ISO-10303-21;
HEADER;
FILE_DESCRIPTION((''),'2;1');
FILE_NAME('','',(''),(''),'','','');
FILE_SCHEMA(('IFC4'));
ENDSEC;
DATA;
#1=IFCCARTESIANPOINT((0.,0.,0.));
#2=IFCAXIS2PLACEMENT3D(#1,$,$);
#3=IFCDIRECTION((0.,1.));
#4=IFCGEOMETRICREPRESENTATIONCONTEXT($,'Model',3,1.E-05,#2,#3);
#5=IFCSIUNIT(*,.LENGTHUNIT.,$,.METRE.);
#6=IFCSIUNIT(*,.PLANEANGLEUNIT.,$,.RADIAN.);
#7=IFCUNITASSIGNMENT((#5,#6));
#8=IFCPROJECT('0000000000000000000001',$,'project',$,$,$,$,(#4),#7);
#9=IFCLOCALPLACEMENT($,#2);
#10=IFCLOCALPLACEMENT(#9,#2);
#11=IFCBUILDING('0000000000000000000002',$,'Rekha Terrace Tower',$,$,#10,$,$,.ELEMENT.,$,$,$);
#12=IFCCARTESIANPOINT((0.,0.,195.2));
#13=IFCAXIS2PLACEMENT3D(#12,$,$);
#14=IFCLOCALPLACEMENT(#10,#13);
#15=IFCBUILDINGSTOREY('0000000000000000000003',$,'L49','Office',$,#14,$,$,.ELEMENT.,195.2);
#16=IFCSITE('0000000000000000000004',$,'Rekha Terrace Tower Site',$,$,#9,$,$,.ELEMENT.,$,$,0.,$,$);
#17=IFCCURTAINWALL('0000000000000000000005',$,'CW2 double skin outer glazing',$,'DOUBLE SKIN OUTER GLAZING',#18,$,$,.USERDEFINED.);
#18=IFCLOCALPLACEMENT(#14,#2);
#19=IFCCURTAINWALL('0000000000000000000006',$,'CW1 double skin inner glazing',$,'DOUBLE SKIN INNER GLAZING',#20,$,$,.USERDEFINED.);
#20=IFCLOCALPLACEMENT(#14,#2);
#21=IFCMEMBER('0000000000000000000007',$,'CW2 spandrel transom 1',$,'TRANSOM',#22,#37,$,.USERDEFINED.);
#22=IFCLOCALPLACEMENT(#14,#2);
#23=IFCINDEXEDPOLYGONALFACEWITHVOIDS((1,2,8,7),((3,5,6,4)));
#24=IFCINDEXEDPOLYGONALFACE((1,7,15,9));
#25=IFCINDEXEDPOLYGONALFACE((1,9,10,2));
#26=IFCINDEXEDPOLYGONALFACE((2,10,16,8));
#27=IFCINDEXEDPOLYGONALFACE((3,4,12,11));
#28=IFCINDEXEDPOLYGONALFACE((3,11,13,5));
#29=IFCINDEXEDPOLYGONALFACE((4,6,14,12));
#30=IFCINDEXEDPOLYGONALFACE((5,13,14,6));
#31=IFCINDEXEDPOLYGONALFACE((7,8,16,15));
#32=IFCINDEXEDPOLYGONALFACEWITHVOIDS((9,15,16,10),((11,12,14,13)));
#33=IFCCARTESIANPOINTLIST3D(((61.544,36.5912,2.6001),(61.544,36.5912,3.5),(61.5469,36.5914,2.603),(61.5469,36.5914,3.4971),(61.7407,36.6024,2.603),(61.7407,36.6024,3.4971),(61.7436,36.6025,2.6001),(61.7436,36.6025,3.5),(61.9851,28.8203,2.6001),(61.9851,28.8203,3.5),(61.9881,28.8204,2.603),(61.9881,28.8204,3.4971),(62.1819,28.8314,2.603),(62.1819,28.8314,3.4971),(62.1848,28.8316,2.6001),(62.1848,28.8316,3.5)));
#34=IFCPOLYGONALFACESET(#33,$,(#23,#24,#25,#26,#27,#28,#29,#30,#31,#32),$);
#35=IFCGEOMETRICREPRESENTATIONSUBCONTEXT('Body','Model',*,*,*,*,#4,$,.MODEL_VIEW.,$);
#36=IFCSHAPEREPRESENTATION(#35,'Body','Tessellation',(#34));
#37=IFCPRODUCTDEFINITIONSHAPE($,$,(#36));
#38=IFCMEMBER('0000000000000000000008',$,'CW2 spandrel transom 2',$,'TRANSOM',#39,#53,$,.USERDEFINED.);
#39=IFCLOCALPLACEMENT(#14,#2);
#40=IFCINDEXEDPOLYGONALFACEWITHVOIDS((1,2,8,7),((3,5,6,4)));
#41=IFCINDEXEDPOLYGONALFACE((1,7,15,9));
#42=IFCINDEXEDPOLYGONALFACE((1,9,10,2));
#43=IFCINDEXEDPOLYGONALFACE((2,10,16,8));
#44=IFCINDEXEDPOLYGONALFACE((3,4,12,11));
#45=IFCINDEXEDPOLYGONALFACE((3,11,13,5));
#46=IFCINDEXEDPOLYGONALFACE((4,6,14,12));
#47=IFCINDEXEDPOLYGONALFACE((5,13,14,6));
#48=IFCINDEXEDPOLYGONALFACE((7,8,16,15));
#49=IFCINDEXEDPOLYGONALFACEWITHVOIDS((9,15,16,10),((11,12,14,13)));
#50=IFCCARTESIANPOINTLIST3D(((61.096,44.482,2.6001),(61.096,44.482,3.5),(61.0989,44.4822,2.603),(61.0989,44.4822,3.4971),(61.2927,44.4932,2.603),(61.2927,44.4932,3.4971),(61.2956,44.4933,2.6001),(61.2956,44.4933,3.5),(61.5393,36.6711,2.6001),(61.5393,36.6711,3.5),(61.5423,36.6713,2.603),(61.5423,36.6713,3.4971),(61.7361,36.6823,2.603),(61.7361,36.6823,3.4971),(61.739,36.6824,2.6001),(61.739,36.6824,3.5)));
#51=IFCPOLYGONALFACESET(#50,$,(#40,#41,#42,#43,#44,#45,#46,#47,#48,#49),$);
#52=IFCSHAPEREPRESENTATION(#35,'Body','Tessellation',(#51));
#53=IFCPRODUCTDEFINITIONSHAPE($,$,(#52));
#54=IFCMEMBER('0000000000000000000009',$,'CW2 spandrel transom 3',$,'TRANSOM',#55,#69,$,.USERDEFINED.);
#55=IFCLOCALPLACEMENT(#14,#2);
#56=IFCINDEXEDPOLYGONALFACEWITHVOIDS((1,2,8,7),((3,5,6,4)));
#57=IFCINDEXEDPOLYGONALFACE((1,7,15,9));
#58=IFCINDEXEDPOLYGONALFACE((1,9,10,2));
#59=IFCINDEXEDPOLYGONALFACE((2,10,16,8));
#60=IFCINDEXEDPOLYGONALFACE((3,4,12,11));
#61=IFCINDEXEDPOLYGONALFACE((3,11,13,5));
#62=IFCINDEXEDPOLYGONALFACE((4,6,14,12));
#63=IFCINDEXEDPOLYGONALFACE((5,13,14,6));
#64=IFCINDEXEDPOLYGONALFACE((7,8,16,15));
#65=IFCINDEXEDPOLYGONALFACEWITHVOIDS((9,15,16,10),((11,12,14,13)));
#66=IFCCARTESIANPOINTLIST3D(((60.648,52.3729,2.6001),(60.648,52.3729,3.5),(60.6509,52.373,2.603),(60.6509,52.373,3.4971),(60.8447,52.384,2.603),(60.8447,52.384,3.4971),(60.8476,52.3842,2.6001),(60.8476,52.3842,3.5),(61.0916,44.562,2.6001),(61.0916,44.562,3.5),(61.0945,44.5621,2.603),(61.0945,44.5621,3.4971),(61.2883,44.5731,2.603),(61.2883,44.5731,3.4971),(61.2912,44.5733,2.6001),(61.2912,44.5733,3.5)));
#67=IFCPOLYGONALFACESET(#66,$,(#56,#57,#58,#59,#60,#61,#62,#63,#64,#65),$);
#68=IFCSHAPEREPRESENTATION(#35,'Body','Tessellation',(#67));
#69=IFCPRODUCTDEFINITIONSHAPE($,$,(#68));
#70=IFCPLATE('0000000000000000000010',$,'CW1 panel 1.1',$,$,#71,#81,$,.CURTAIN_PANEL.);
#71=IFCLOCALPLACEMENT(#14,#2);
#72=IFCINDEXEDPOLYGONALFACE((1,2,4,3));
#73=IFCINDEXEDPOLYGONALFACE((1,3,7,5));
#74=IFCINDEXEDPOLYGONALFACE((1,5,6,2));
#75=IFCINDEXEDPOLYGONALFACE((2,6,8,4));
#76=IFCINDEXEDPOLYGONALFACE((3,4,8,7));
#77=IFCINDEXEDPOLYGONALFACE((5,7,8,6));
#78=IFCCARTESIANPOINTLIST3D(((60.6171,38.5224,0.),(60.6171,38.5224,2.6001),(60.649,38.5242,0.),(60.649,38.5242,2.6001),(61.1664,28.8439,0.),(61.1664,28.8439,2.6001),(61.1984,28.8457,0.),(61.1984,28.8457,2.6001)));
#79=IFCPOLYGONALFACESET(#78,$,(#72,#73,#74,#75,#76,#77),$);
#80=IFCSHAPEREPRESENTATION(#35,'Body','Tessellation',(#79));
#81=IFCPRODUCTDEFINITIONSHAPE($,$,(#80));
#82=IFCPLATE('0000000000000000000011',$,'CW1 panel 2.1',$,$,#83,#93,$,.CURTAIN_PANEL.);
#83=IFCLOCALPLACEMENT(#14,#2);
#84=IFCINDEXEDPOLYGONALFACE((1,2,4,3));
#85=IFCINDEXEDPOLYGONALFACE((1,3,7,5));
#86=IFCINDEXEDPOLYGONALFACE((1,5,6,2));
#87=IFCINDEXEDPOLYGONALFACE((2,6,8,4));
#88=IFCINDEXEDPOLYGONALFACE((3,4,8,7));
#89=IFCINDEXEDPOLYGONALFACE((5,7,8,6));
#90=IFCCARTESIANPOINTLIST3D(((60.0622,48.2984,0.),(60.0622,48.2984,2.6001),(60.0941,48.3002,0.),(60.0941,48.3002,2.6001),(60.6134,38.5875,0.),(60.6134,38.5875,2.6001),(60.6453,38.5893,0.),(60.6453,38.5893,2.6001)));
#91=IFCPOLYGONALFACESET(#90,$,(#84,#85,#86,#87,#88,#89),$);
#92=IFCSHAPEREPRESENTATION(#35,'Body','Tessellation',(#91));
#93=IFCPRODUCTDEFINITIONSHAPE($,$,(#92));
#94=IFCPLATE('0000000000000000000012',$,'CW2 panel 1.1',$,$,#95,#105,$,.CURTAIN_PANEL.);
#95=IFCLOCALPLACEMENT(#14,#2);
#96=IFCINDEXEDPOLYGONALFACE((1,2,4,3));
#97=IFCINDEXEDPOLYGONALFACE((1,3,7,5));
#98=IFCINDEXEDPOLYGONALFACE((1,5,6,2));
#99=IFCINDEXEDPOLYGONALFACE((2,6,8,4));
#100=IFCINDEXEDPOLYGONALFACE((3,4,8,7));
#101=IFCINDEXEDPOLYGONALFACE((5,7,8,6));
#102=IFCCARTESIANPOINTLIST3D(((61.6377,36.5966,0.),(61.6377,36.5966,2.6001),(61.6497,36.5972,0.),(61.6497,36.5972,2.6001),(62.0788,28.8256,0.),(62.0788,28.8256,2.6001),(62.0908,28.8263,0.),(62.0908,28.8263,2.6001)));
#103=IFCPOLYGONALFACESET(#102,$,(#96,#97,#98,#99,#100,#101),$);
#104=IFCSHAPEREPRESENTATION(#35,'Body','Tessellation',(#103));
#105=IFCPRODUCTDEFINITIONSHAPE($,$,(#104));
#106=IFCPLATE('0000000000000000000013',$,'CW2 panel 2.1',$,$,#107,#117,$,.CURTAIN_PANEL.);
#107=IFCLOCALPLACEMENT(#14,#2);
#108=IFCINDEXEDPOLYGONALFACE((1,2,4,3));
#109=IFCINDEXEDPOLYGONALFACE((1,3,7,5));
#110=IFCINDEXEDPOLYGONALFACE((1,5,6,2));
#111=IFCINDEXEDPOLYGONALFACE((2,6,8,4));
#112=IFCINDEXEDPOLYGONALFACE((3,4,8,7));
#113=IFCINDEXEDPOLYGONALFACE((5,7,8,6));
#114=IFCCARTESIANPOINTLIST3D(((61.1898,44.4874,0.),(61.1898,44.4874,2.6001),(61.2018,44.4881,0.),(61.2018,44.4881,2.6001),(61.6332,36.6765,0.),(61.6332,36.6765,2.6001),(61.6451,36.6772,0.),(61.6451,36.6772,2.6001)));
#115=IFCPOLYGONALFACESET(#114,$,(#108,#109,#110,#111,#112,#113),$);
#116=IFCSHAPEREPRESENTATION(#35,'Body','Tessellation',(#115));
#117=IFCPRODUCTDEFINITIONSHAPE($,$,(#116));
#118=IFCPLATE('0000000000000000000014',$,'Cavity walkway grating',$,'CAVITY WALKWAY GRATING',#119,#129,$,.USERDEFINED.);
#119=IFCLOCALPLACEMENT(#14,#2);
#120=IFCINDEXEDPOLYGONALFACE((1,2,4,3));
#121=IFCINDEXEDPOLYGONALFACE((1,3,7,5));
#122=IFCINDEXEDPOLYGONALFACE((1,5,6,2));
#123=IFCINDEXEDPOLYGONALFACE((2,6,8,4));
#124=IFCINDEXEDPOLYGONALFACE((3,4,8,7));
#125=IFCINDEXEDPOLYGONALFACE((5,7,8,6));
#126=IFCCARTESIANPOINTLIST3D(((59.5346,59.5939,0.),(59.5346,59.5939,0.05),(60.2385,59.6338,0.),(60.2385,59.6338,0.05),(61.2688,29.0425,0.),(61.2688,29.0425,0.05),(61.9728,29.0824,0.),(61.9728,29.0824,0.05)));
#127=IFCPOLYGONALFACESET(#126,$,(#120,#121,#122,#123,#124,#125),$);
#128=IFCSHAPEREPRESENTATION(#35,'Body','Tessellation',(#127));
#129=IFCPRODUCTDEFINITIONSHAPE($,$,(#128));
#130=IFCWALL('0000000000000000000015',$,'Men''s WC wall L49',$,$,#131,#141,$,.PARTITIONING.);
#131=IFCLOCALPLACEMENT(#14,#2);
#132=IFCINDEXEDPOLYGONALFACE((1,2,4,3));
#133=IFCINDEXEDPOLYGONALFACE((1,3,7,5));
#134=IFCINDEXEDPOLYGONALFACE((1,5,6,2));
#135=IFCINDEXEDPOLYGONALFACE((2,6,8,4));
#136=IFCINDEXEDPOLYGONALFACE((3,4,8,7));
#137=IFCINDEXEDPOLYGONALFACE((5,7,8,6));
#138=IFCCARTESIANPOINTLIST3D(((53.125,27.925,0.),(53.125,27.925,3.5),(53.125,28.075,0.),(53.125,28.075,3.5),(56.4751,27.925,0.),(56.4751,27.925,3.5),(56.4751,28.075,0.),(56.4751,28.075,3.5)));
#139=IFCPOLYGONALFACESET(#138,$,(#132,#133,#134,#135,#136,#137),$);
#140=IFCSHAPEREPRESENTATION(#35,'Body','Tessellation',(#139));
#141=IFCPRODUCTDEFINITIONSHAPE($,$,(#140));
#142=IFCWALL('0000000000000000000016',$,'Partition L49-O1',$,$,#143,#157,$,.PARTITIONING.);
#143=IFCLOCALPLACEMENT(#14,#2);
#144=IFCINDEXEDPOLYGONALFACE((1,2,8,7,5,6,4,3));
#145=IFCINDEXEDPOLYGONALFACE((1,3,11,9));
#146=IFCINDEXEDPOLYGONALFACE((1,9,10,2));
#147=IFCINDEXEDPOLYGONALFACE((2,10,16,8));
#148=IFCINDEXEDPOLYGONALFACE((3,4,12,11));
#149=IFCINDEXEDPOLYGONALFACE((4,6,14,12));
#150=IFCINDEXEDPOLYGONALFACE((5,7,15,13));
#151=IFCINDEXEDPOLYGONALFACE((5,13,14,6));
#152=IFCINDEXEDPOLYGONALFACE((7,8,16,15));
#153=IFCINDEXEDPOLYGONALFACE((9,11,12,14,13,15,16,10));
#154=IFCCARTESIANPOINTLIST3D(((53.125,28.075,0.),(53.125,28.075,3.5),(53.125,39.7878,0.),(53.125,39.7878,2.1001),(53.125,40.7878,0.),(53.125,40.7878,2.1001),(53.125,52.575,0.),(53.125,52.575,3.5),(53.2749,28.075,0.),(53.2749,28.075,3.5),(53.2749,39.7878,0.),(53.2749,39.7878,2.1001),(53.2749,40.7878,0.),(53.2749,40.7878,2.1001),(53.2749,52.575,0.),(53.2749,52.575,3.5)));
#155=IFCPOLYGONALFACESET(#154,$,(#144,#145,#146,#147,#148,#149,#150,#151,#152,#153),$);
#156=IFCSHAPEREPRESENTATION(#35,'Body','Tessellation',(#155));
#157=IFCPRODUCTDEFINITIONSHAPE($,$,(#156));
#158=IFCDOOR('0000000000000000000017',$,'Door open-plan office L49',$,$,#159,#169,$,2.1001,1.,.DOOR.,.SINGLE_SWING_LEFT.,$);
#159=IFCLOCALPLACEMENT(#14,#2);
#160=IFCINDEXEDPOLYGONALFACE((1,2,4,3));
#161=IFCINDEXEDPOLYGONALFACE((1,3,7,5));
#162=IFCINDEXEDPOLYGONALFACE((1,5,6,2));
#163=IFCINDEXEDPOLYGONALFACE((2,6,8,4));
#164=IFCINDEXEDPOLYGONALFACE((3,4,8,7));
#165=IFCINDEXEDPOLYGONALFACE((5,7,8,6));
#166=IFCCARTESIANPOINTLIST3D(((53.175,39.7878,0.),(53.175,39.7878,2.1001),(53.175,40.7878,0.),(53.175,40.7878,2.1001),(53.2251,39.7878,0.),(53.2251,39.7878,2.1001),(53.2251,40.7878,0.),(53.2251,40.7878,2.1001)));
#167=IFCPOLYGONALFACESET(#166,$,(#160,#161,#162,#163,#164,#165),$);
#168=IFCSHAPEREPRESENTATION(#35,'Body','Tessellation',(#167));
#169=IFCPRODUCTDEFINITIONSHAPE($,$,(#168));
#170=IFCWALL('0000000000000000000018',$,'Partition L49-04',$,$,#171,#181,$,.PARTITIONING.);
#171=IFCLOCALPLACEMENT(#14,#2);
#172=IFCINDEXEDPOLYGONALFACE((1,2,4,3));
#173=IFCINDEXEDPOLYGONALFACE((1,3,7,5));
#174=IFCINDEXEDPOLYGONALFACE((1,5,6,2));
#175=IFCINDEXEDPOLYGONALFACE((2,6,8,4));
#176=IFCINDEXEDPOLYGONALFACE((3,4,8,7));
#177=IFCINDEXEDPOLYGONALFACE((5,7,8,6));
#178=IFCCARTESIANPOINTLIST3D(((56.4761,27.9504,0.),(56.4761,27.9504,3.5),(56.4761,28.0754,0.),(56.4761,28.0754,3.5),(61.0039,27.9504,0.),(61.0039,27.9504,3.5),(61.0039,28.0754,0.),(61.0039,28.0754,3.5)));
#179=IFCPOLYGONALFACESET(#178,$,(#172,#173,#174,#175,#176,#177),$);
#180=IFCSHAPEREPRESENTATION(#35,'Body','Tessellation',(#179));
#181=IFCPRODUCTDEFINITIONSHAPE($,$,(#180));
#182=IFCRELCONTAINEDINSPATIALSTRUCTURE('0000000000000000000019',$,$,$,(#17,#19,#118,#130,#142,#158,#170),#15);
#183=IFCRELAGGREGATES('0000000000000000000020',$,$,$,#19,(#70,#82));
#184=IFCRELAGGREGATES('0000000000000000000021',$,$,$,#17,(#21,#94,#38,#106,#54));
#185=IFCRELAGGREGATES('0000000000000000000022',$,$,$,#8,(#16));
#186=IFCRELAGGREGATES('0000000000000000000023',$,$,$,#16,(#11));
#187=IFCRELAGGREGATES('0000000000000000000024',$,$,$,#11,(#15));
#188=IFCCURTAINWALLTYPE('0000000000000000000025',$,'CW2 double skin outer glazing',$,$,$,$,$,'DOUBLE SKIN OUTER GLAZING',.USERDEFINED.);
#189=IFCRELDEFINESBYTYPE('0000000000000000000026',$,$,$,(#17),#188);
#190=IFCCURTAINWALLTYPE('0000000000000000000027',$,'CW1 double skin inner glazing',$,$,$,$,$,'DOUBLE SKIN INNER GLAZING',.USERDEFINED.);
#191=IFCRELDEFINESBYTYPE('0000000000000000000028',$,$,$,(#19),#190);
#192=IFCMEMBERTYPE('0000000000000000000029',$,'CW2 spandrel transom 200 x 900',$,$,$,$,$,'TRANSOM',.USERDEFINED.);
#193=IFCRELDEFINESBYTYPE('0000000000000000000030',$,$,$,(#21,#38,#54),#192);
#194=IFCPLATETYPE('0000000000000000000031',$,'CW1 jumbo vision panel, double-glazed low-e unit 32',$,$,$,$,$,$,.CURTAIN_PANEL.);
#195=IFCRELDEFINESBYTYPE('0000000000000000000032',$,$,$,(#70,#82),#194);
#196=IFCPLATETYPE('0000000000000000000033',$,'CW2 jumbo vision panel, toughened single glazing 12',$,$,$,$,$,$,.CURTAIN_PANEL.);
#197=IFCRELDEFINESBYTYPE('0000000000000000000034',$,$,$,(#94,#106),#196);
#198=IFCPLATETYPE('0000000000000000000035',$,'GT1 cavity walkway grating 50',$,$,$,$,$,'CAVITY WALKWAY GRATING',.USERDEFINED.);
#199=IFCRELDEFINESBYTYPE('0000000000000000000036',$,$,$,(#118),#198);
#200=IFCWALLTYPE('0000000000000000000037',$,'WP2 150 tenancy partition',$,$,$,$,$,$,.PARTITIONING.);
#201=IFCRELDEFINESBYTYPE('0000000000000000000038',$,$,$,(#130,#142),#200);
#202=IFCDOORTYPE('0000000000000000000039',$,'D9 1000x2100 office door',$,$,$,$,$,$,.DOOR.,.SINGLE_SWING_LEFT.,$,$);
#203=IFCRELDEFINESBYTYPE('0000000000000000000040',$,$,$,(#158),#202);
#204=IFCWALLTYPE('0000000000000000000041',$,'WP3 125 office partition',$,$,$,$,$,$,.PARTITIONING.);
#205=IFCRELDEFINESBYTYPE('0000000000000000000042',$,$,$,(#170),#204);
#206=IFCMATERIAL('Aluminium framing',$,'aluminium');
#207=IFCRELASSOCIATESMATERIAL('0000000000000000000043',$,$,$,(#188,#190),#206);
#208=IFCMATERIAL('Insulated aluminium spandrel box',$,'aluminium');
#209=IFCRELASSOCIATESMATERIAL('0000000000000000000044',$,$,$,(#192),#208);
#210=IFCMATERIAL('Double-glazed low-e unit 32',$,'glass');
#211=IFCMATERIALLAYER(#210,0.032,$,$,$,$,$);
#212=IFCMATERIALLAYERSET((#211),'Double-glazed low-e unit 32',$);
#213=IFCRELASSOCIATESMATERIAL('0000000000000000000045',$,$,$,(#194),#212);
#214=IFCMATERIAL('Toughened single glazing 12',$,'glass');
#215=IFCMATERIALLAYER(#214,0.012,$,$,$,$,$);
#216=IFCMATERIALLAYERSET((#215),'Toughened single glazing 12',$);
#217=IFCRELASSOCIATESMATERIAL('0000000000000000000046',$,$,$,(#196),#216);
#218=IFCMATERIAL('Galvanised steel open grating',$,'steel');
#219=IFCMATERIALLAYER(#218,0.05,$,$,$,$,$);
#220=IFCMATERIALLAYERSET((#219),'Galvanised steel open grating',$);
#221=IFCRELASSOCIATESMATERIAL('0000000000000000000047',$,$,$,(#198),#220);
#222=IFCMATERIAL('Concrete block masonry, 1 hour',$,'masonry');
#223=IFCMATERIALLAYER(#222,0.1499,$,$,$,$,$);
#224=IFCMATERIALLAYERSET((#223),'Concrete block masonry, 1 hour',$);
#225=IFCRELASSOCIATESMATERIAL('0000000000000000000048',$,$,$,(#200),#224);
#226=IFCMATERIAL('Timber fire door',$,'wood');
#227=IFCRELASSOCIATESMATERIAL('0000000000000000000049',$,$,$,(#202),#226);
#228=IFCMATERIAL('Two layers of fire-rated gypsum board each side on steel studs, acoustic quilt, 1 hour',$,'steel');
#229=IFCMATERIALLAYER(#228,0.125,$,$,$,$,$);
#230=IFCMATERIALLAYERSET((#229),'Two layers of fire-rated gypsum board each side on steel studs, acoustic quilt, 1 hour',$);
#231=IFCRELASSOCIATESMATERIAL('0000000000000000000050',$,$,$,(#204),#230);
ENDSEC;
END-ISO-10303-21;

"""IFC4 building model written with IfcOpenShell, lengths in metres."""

from ifc_helpers import new_model, si_unit, direction, frame, frame_2d, origin, origin_2d, place, context, subcontext, project, spatial, rectangle, hollow_rectangle, extrude, material, layer, layer_set, material_profile, profile_set, type_object, element, fill, aggregate, save


model = new_model("IFC4")

# Units and contexts
model_context = context("Model", 3, precision=1e-05, world=origin(), true_north=direction((0.0, 1.0)))
body_context = subcontext(model_context, "Body", "Model", "MODEL_VIEW")
ifc_project = project(units=[si_unit("LENGTHUNIT", "METRE"), si_unit("PLANEANGLEUNIT", "RADIAN")], contexts=[model_context])

# Site, building, storey
site_placement = place(None, origin())
site = spatial("IfcSite", under=ifc_project, at=site_placement, Name="Rekha Terrace Tower Site", CompositionType="ELEMENT", RefElevation=0.0)
building_placement = place(site_placement, origin())
building = spatial("IfcBuilding", under=site, at=building_placement, Name="Rekha Terrace Tower", CompositionType="ELEMENT")
storey_placement = place(building_placement, frame((0.0, 0.0, 195.2)))
storey = spatial("IfcBuildingStorey", under=building, at=storey_placement, Name="L49", Description="Office", CompositionType="ELEMENT", Elevation=195.2)

# Curtain walls
ifc_material_1 = material(Name="Aluminium framing", Category="aluminium")
curtain_wall_type_1 = type_object("IfcCurtainWallType", Name="CW2 double skin outer glazing", ElementType="DOUBLE SKIN OUTER GLAZING", PredefinedType="USERDEFINED", material=ifc_material_1)
curtain_wall_1_placement = place(storey_placement, origin())
curtain_wall_1 = element("IfcCurtainWall", 1, at=curtain_wall_1_placement, inside=storey, type_object=curtain_wall_type_1, Name="CW2 double skin outer glazing", ObjectType="DOUBLE SKIN OUTER GLAZING", PredefinedType="USERDEFINED")
curtain_wall_type_2 = type_object("IfcCurtainWallType", Name="CW1 double skin inner glazing", ElementType="DOUBLE SKIN INNER GLAZING", PredefinedType="USERDEFINED", material=ifc_material_1)
curtain_wall_2_placement = place(storey_placement, origin())
curtain_wall_2 = element("IfcCurtainWall", 2, at=curtain_wall_2_placement, inside=storey, type_object=curtain_wall_type_2, Name="CW1 double skin inner glazing", ObjectType="DOUBLE SKIN INNER GLAZING", PredefinedType="USERDEFINED")
ifc_material_2 = material(Name="Insulated aluminium spandrel box", Category="aluminium")

# Members
ifc_material_profile_1 = material_profile(ifc_material_2, hollow_rectangle(XDim=0.2, YDim=0.8999, WallThickness=0.0029, at=origin_2d()), Name="AL SPANDREL BOX 200x900")
ifc_profile_set_1 = profile_set([ifc_material_profile_1], Name="Insulated aluminium spandrel box")
member_type_1 = type_object("IfcMemberType", Name="CW2 spandrel transom 200 x 900", ElementType="TRANSOM", PredefinedType="USERDEFINED", material=ifc_profile_set_1)
member_1_placement = place(storey_placement, frame((62.085, 28.8259, 3.05), z_axis=(-0.056679, 0.998392, 0.0), x_axis=(-0.998392, -0.056679, 0.0)))
member_1 = element("IfcMember", 3, at=member_1_placement, type_object=member_type_1, Name="CW2 spandrel transom 1", ObjectType="TRANSOM", PredefinedType="USERDEFINED", context=body_context, shape_type="SweptSolid", body=[
    extrude(hollow_rectangle(XDim=0.2, YDim=0.8999, WallThickness=0.0029, at=origin_2d()), origin(), (0.0, 0.0, 1.0), 7.7834),
])
member_2_placement = place(storey_placement, frame((61.6392, 36.6768, 3.05), z_axis=(-0.056669, 0.998393, 0.0), x_axis=(-0.998393, -0.056669, 0.0)))
member_2 = element("IfcMember", 4, at=member_2_placement, type_object=member_type_1, Name="CW2 spandrel transom 2", ObjectType="TRANSOM", PredefinedType="USERDEFINED", context=body_context, shape_type="SweptSolid", body=[
    extrude(hollow_rectangle(XDim=0.2, YDim=0.8999, WallThickness=0.0029, at=origin_2d()), origin(), (0.0, 0.0, 1.0), 7.8235),
])
member_3_placement = place(storey_placement, frame((61.1914, 44.5676, 3.05), z_axis=(-0.056702, 0.998391, 0.0), x_axis=(-0.998391, -0.056702, 0.0)))
member_3 = element("IfcMember", 5, at=member_3_placement, type_object=member_type_1, Name="CW2 spandrel transom 3", ObjectType="TRANSOM", PredefinedType="USERDEFINED", context=body_context, shape_type="SweptSolid", body=[
    extrude(hollow_rectangle(XDim=0.2, YDim=0.8999, WallThickness=0.0029, at=origin_2d()), origin(), (0.0, 0.0, 1.0), 7.8235),
])

# Plates
ifc_material_3 = material(Name="Double-glazed low-e unit 32", Category="glass")
ifc_layer_1 = layer(ifc_material_3, 0.032)
ifc_layer_set_1 = layer_set([ifc_layer_1], Name="Double-glazed low-e unit 32")
plate_type_1 = type_object("IfcPlateType", Name="CW1 jumbo vision panel, double-glazed low-e unit 32", PredefinedType="CURTAIN_PANEL", material=ifc_layer_set_1)
plate_1_placement = place(storey_placement, frame((60.9077, 33.6841, 0.0), z_axis=(0.0, 0.0, 1.0), x_axis=(-0.056673, 0.998393, 0.0)))
plate_1 = element("IfcPlate", 6, at=plate_1_placement, type_object=plate_type_1, Name="CW1 panel 1.1", PredefinedType="CURTAIN_PANEL", context=body_context, shape_type="SweptSolid", body=[
    extrude(rectangle(XDim=9.6941, YDim=0.032, at=origin_2d()), origin(), (0.0, 0.0, 1.0), 2.6001),
])
plate_2_placement = place(storey_placement, frame((60.3538, 43.4438, 0.0), z_axis=(0.0, 0.0, 1.0), x_axis=(-0.056673, 0.998393, 0.0)))
plate_2 = element("IfcPlate", 7, at=plate_2_placement, type_object=plate_type_1, Name="CW1 panel 2.1", PredefinedType="CURTAIN_PANEL", context=body_context, shape_type="SweptSolid", body=[
    extrude(rectangle(XDim=9.7266, YDim=0.032, at=origin_2d()), origin(), (0.0, 0.0, 1.0), 2.6001),
])
aggregate(curtain_wall_2, [plate_1, plate_2])
ifc_material_4 = material(Name="Toughened single glazing 12", Category="glass")
ifc_layer_2 = layer(ifc_material_4, 0.012)
ifc_layer_set_2 = layer_set([ifc_layer_2], Name="Toughened single glazing 12")
plate_type_2 = type_object("IfcPlateType", Name="CW2 jumbo vision panel, toughened single glazing 12", PredefinedType="CURTAIN_PANEL", material=ifc_layer_set_2)
plate_3_placement = place(storey_placement, frame((61.8643, 32.7114, 0.0), z_axis=(0.0, 0.0, 1.0), x_axis=(-0.056673, 0.998393, 0.0)))
plate_3 = element("IfcPlate", 8, at=plate_3_placement, type_object=plate_type_2, Name="CW2 panel 1.1", PredefinedType="CURTAIN_PANEL", context=body_context, shape_type="SweptSolid", body=[
    extrude(rectangle(XDim=7.7834, YDim=0.012, at=origin_2d()), origin(), (0.0, 0.0, 1.0), 2.6001),
])
plate_4_placement = place(storey_placement, frame((61.4175, 40.5823, 0.0), z_axis=(0.0, 0.0, 1.0), x_axis=(-0.056673, 0.998393, 0.0)))
plate_4 = element("IfcPlate", 9, at=plate_4_placement, type_object=plate_type_2, Name="CW2 panel 2.1", PredefinedType="CURTAIN_PANEL", context=body_context, shape_type="SweptSolid", body=[
    extrude(rectangle(XDim=7.8235, YDim=0.012, at=origin_2d()), origin(), (0.0, 0.0, 1.0), 2.6001),
])
aggregate(curtain_wall_1, [member_1, plate_3, member_2, plate_4, member_3])
ifc_material_5 = material(Name="Galvanised steel open grating", Category="steel")
ifc_layer_3 = layer(ifc_material_5, 0.05)
ifc_layer_set_3 = layer_set([ifc_layer_3], Name="Galvanised steel open grating")
plate_type_3 = type_object("IfcPlateType", Name="GT1 cavity walkway grating 50", ElementType="CAVITY WALKWAY GRATING", PredefinedType="USERDEFINED", material=ifc_layer_set_3)
plate_5_placement = place(storey_placement, frame((60.7537, 44.3381, 0.0), z_axis=(0.0, 0.0, 1.0), x_axis=(-0.056673, 0.998393, 0.0)))
element("IfcPlate", 10, at=plate_5_placement, inside=storey, type_object=plate_type_3, Name="Cavity walkway grating", ObjectType="CAVITY WALKWAY GRATING", PredefinedType="USERDEFINED", context=body_context, shape_type="SweptSolid", body=[
    extrude(rectangle(XDim=30.6006, YDim=0.7051, at=origin_2d()), origin(), (0.0, 0.0, 1.0), 0.05),
])

# Wall
ifc_material_6 = material(Name="Concrete block masonry, 1 hour", Category="masonry")
ifc_layer_4 = layer(ifc_material_6, 0.1499)
ifc_layer_set_4 = layer_set([ifc_layer_4], Name="Concrete block masonry, 1 hour")
wall_type_1 = type_object("IfcWallType", Name="WP2 150 tenancy partition", PredefinedType="PARTITIONING", material=ifc_layer_set_4)
wall_1_placement = place(storey_placement, frame((53.125, 28.0, 0.0), z_axis=(0.0, 0.0, 1.0), x_axis=(1.0, 0.0, 0.0)))
element("IfcWall", 11, at=wall_1_placement, inside=storey, type_object=wall_type_1, Name="Men's WC wall L49", PredefinedType="PARTITIONING", context=body_context, shape_type="SweptSolid", body=[
    extrude(rectangle(XDim=3.3501, YDim=0.1499, at=frame_2d((1.675, 0.0))), origin(), (0.0, 0.0, 1.0), 3.5),
])

# Wall, opening, door
wall_2_placement = place(storey_placement, frame((53.2, 28.075, 0.0), z_axis=(0.0, 0.0, 1.0), x_axis=(0.0, 1.0, 0.0)))
wall_2 = element("IfcWall", 12, at=wall_2_placement, inside=storey, type_object=wall_type_1, Name="Partition L49-O1", PredefinedType="PARTITIONING", context=body_context, shape_type="SweptSolid", body=[
    extrude(rectangle(XDim=24.5, YDim=0.1499, at=frame_2d((12.25, 0.0))), origin(), (0.0, 0.0, 1.0), 3.5),
])
opening_1_placement = place(wall_2_placement, frame((11.7129, 0.0, 0.0)))
opening_1 = element("IfcOpeningElement", 13, at=opening_1_placement, cuts=wall_2, PredefinedType="OPENING", context=body_context, shape_type="SweptSolid", body=[
    extrude(rectangle(XDim=1.0, YDim=2.1001, at=frame_2d((0.5, 1.05))), frame((0.0, 0.085, 0.0), z_axis=(0.0, -1.0, 0.0), x_axis=(1.0, 0.0, 0.0)), (0.0, 0.0, 1.0), 0.1699),
])
ifc_material_7 = material(Name="Timber fire door", Category="wood")
door_type = type_object("IfcDoorType", Name="D9 1000x2100 office door", OperationType="SINGLE_SWING_LEFT", PredefinedType="DOOR", material=ifc_material_7)
door_1_placement = place(opening_1_placement, origin())
door_1 = element("IfcDoor", 14, at=door_1_placement, inside=storey, type_object=door_type, Name="Door open-plan office L49", OperationType="SINGLE_SWING_LEFT", OverallHeight=2.1001, OverallWidth=1.0, PredefinedType="DOOR", context=body_context, shape_type="SweptSolid", body=[
    extrude(rectangle(XDim=1.0, YDim=2.1001, at=frame_2d((0.5, 1.05))), frame((0.0, 0.0249, 0.0), z_axis=(0.0, -1.0, 0.0), x_axis=(1.0, 0.0, 0.0)), (0.0, 0.0, 1.0), 0.05),
])
fill(opening_1, door_1)

# Wall
ifc_material_8 = material(Name="Two layers of fire-rated gypsum board each side on steel studs, acoustic quilt, 1 hour", Category="steel")
ifc_layer_5 = layer(ifc_material_8, 0.125)
ifc_layer_set_5 = layer_set([ifc_layer_5], Name="Two layers of fire-rated gypsum board each side on steel studs, acoustic quilt, 1 hour")
wall_type_2 = type_object("IfcWallType", Name="WP3 125 office partition", PredefinedType="PARTITIONING", material=ifc_layer_set_5)
wall_3_placement = place(storey_placement, frame((56.4761, 28.0129, 0.0), z_axis=(0.0, 0.0, 1.0), x_axis=(1.0, 0.0, 0.0)))
element("IfcWall", 15, at=wall_3_placement, inside=storey, type_object=wall_type_2, Name="Partition L49-04", PredefinedType="PARTITIONING", context=body_context, shape_type="SweptSolid", body=[
    extrude(rectangle(XDim=4.5278, YDim=0.125, at=frame_2d((2.2639, 0.0))), origin(), (0.0, 0.0, 1.0), 3.5),
])

save(model, "model.ifc")
